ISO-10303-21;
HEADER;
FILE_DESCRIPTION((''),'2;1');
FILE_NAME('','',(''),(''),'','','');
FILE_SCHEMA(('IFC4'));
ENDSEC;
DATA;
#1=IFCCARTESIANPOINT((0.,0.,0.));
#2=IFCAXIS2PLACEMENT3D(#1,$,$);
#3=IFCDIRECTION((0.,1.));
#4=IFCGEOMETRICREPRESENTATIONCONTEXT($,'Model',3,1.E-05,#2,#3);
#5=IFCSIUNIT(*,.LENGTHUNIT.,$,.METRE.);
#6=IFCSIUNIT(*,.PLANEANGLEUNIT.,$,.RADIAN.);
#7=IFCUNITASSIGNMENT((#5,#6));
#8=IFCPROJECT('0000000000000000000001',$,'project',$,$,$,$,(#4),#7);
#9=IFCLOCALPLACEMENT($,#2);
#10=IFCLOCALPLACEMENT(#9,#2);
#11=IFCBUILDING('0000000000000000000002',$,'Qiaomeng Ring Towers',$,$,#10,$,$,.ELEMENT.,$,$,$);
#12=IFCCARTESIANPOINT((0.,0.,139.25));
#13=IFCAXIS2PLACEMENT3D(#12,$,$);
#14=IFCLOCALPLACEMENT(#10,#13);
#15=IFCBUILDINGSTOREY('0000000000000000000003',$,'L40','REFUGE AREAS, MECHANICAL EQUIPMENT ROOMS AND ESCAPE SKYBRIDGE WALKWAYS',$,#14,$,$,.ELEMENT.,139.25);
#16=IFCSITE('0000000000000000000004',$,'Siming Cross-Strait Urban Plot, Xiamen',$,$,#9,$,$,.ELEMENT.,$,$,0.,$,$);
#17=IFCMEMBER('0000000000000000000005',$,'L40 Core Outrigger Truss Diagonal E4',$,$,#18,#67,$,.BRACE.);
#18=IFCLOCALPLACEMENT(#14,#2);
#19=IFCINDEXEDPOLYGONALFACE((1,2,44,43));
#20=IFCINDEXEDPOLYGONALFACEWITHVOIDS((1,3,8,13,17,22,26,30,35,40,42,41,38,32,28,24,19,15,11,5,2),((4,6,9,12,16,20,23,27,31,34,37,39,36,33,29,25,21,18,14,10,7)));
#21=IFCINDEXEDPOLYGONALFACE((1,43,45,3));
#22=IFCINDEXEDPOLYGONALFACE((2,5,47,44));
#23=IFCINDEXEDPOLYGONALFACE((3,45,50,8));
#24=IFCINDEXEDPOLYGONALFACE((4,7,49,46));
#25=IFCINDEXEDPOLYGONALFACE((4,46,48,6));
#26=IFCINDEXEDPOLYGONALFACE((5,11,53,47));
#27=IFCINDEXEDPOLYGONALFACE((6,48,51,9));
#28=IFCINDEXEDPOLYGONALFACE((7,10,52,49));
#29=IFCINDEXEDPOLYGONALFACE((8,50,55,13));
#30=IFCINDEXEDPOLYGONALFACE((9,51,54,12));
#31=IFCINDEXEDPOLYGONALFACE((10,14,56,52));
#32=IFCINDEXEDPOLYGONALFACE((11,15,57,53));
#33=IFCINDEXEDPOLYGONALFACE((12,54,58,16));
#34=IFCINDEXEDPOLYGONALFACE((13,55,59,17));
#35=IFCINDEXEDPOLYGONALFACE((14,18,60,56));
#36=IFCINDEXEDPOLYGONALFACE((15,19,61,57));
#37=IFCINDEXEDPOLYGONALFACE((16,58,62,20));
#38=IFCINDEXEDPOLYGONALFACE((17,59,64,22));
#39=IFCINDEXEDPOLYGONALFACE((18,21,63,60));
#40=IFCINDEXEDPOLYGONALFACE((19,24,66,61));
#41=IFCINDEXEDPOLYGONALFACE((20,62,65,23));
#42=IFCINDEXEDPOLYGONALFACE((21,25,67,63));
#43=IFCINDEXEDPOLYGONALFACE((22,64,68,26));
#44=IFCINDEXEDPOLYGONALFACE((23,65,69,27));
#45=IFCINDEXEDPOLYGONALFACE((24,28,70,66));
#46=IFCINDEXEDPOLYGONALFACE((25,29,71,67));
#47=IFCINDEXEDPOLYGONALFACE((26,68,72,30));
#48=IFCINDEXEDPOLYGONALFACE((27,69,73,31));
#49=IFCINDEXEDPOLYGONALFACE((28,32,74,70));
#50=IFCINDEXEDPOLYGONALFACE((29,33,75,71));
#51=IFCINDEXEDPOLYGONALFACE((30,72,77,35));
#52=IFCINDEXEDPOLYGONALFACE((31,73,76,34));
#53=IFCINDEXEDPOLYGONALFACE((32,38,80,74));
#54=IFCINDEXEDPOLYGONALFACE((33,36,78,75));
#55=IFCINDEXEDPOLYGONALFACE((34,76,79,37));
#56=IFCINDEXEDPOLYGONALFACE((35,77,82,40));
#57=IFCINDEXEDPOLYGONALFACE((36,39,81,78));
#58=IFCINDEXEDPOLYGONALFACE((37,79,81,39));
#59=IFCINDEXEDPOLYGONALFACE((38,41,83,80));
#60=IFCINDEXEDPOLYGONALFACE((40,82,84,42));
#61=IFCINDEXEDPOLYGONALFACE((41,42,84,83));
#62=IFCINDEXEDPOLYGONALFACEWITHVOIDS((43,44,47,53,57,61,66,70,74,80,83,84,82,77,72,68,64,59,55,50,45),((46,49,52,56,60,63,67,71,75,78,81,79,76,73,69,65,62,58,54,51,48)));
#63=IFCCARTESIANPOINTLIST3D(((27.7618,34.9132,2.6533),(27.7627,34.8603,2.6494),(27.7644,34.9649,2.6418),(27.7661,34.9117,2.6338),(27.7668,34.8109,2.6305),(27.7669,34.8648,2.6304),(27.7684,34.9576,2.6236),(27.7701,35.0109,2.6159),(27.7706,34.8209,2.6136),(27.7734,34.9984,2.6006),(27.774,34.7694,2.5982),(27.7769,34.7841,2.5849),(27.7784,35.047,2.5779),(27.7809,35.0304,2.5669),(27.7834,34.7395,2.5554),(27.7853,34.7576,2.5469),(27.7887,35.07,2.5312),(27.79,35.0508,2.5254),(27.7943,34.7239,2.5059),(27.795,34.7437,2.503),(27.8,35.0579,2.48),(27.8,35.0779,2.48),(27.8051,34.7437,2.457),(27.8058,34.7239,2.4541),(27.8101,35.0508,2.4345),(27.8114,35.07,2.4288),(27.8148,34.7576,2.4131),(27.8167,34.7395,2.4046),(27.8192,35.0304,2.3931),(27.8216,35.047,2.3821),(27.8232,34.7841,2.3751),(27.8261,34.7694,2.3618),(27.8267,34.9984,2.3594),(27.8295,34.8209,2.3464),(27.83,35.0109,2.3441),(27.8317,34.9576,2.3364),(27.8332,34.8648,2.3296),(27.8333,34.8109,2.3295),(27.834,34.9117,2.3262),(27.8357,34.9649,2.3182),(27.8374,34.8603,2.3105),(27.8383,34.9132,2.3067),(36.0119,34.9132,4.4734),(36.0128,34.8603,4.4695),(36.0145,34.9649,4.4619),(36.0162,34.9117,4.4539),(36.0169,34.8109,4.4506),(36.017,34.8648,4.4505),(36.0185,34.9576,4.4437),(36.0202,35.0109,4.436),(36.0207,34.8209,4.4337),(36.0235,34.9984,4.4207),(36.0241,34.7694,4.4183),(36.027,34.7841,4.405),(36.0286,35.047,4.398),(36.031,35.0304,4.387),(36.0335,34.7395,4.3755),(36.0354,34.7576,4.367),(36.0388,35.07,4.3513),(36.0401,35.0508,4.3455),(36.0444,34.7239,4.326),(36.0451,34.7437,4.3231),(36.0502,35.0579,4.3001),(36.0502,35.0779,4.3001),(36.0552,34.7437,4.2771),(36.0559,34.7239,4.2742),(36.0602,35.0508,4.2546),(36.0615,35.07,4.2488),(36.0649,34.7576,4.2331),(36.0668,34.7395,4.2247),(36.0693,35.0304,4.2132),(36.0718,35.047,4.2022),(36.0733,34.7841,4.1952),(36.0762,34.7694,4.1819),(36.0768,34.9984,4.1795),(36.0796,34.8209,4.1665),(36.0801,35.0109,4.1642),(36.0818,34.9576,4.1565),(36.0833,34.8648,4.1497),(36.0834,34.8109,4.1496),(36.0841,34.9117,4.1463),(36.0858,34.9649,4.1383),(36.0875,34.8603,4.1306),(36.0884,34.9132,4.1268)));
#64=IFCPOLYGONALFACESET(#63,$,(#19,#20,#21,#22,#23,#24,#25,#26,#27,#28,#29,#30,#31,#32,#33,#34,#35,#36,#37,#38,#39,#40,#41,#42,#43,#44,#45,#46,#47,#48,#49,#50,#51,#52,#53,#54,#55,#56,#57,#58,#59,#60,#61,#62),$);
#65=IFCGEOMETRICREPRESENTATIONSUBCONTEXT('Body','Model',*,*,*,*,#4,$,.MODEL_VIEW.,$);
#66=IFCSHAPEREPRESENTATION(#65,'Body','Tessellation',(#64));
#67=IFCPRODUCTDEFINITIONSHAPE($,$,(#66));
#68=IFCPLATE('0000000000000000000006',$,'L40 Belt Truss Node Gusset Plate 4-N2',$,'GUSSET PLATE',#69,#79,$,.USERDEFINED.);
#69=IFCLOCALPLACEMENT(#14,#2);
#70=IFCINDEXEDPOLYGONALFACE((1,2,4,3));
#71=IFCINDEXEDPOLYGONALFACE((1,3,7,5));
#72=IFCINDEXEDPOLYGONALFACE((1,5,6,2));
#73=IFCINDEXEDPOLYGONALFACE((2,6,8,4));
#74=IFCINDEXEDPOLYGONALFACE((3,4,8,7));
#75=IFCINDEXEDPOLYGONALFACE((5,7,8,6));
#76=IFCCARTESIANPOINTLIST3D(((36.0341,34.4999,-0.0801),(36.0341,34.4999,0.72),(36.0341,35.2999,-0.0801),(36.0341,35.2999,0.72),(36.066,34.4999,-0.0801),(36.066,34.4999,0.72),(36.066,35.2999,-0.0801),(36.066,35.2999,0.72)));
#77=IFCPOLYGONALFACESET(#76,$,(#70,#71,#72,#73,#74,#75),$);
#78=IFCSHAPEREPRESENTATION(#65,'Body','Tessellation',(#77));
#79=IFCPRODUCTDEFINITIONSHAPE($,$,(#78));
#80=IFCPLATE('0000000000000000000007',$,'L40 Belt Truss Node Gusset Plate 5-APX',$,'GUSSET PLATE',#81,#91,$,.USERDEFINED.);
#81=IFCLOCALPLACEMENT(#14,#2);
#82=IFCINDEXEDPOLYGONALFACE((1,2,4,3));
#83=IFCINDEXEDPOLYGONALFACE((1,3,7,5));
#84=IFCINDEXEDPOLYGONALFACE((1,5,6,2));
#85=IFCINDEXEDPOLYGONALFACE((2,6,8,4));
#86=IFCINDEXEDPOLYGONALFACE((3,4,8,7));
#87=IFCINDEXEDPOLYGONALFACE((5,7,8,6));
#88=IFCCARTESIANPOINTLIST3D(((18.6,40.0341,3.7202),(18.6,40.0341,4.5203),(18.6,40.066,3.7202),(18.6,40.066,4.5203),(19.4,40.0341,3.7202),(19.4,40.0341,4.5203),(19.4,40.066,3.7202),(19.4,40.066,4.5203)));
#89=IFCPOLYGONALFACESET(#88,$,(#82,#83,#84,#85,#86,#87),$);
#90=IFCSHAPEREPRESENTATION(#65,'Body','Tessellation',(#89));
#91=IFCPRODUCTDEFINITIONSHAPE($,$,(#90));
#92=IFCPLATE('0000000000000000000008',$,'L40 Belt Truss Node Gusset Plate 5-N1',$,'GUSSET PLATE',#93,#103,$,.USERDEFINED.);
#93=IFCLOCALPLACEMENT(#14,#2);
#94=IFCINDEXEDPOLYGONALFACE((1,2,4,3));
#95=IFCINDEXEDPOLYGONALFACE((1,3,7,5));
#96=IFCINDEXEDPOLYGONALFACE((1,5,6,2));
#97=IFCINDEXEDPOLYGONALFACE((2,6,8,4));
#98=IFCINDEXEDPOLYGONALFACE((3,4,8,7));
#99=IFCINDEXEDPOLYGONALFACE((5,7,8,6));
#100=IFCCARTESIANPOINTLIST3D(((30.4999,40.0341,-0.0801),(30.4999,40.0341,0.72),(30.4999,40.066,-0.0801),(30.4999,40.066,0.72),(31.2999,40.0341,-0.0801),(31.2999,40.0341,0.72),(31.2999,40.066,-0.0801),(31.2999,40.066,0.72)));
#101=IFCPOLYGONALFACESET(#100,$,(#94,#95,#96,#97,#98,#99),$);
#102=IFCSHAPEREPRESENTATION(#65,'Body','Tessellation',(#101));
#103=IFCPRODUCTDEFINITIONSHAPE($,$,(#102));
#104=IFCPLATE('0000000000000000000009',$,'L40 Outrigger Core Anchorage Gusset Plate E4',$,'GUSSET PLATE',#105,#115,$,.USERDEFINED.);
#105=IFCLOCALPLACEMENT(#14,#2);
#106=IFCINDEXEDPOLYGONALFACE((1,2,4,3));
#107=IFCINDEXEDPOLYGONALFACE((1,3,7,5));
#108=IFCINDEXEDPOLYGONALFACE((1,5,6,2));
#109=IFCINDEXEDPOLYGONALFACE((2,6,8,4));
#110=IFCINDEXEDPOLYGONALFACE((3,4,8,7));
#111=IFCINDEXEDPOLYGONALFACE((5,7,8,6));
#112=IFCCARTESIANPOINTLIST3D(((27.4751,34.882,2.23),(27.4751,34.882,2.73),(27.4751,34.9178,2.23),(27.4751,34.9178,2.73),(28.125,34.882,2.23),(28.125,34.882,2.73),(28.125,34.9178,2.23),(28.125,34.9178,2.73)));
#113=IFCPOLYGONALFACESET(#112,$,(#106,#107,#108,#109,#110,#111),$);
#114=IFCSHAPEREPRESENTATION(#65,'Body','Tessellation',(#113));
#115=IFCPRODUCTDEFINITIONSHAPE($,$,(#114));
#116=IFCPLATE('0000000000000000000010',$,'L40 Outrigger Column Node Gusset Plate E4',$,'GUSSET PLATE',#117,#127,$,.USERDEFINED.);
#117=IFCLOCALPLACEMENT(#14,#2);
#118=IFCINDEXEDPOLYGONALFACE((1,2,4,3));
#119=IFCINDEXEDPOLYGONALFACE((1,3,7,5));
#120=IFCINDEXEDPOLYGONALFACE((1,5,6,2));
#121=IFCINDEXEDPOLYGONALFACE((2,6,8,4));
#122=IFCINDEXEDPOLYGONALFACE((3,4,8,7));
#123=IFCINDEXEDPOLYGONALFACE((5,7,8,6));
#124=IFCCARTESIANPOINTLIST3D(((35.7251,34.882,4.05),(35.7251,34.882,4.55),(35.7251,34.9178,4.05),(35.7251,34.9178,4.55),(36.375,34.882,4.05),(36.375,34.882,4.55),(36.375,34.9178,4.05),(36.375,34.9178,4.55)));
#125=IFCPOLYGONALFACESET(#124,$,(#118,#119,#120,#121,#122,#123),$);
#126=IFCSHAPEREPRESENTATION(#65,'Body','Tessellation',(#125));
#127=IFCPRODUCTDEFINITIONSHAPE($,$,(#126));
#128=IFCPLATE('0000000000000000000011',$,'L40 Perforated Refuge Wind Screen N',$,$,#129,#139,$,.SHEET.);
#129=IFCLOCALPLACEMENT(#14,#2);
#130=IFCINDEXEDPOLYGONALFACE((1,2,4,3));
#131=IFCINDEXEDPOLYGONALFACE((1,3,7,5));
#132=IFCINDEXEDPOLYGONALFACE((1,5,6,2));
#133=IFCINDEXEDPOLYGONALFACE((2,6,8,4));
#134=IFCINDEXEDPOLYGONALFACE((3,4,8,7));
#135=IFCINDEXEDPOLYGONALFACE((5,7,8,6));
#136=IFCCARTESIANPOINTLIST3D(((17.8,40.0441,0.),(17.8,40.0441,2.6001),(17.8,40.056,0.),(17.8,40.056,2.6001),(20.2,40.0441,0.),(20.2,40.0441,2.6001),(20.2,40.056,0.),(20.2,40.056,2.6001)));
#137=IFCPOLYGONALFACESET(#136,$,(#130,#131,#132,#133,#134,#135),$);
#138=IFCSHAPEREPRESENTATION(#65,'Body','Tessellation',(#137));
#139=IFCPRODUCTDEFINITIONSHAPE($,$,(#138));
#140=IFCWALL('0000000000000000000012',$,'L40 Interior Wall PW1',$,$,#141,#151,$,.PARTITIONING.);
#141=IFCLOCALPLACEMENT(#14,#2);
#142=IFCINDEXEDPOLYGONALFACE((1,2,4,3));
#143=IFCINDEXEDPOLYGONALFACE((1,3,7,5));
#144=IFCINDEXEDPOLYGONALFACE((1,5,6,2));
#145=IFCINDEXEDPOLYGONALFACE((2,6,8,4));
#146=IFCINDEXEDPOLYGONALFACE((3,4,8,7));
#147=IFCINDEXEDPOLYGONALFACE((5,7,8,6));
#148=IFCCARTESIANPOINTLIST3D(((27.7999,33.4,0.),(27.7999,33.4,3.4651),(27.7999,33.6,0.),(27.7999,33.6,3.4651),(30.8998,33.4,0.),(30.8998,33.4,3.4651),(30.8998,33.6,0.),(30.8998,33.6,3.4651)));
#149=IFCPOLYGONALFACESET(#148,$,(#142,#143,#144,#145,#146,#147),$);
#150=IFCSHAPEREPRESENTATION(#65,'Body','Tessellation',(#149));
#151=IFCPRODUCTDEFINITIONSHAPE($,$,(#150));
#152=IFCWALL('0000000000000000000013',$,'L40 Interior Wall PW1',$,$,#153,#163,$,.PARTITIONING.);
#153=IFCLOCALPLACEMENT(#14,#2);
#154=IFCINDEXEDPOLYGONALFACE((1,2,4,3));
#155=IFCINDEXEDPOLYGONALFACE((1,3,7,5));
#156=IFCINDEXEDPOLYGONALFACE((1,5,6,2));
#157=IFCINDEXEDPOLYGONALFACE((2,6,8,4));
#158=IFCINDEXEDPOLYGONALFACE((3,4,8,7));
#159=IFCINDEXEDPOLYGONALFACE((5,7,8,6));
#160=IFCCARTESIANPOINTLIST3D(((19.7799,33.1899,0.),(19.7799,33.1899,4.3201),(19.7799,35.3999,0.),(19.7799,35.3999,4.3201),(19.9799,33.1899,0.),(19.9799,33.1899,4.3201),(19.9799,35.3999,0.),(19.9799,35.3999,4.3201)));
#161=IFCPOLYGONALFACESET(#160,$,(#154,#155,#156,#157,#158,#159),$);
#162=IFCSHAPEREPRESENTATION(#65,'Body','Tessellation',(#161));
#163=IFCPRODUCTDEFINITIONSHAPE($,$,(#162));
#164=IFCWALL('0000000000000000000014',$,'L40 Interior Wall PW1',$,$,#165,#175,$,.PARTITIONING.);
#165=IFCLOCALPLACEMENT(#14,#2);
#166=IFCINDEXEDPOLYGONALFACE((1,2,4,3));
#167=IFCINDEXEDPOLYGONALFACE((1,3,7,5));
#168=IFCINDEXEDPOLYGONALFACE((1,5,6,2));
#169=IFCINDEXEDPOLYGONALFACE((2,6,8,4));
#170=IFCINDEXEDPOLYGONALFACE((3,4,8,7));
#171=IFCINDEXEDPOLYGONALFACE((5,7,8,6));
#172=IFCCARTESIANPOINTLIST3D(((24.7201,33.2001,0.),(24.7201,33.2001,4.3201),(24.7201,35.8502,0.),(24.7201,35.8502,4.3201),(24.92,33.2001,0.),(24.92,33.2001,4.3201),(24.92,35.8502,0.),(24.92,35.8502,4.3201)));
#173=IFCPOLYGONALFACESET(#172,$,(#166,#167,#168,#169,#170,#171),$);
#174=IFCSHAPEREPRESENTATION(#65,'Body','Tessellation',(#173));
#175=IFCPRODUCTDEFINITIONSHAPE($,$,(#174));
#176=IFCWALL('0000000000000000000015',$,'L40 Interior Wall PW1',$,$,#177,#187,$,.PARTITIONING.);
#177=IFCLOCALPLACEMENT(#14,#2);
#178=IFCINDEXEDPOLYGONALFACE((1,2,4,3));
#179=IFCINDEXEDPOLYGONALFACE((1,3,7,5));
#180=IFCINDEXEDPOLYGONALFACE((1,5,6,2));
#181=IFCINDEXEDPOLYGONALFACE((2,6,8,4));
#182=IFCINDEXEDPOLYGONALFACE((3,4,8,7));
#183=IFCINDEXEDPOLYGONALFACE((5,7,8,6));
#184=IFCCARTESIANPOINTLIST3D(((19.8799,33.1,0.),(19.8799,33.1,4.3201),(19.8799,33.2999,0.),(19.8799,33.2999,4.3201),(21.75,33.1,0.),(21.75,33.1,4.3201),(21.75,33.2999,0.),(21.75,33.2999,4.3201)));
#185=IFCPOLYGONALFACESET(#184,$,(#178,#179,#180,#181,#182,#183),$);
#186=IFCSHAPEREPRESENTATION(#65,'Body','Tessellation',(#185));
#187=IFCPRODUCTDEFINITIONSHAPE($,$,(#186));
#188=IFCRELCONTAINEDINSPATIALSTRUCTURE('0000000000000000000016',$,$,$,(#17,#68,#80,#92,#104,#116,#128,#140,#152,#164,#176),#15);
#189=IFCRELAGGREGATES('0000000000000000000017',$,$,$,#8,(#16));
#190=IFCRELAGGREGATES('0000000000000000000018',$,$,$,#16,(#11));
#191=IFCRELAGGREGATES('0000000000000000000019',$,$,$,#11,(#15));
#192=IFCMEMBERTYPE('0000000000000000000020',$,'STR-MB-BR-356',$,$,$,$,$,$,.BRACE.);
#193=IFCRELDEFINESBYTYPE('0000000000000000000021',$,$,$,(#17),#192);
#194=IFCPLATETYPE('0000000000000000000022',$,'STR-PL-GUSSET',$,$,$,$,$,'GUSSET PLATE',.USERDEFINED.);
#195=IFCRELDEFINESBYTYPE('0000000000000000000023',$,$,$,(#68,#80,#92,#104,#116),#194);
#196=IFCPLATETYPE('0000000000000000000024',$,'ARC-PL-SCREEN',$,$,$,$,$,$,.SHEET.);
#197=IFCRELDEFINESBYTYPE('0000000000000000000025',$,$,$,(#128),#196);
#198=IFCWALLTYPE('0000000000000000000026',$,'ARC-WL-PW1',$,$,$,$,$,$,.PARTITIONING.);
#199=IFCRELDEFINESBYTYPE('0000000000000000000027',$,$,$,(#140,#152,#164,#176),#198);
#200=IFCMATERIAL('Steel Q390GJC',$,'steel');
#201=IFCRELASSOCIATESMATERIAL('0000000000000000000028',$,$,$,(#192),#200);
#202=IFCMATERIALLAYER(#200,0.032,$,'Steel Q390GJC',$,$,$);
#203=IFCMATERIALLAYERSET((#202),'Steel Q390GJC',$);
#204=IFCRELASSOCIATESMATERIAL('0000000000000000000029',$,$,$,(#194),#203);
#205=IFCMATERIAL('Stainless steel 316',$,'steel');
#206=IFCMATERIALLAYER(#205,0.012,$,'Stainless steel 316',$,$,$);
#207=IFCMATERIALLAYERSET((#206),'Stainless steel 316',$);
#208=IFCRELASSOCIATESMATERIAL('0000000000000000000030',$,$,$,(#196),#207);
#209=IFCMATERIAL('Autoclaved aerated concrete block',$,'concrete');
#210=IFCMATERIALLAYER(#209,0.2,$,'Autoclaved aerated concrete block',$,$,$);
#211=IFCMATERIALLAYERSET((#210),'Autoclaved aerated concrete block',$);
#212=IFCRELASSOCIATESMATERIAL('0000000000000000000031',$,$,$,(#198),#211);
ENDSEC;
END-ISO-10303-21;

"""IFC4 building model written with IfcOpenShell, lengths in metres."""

from ifc_helpers import new_model, si_unit, direction, frame, frame_2d, origin, origin_2d, place, context, subcontext, project, spatial, rectangle, hollow_circle, extrude, source, transform, mapped, material, layer, layer_set, material_profile, profile_set, type_object, element, save


model = new_model("IFC4")

# Units and contexts
model_context = context("Model", 3, precision=1e-05, world=origin(), true_north=direction((0.0, 1.0)))
body_context = subcontext(model_context, "Body", "Model", "MODEL_VIEW")
ifc_project = project(units=[si_unit("LENGTHUNIT", "METRE"), si_unit("PLANEANGLEUNIT", "RADIAN")], contexts=[model_context])

# Site, building, storey
site_placement = place(None, origin())
site = spatial("IfcSite", under=ifc_project, at=site_placement, Name="Siming Cross-Strait Urban Plot, Xiamen", CompositionType="ELEMENT", RefElevation=0.0)
building_placement = place(site_placement, origin())
building = spatial("IfcBuilding", under=site, at=building_placement, Name="Qiaomeng Ring Towers", CompositionType="ELEMENT")
storey_placement = place(building_placement, frame((0.0, 0.0, 139.25)))
storey = spatial("IfcBuildingStorey", under=building, at=storey_placement, Name="L40", Description="REFUGE AREAS, MECHANICAL EQUIPMENT ROOMS AND ESCAPE SKYBRIDGE WALKWAYS", CompositionType="ELEMENT", Elevation=139.25)

# Shared definitions
ifc_material_1 = material(Name="Steel Q390GJC", Category="steel")

# Member
ifc_material_profile_1 = material_profile(ifc_material_1, hollow_circle(Radius=0.178, WallThickness=0.02, at=origin_2d()), Name="CHS 356x20")
ifc_profile_set_1 = profile_set([ifc_material_profile_1], Name="Steel Q390GJC")
member_type_1 = type_object("IfcMemberType", Name="STR-MB-BR-356", PredefinedType="BRACE", material=ifc_profile_set_1)
shared_shape_1 = source(origin(), body_context, "Body", "SweptSolid", [
    extrude(hollow_circle(Radius=0.178, WallThickness=0.02, at=origin_2d()), origin(), (0.0, 0.0, 1.0), 8.4485),
])
member_1_placement = place(storey_placement, frame((27.8, 34.8999, 2.48), z_axis=(0.976518, 0.0, 0.215434), x_axis=(0.0, 1.0, 0.0)))
element("IfcMember", 1, at=member_1_placement, inside=storey, type_object=member_type_1, Name="L40 Core Outrigger Truss Diagonal E4", PredefinedType="BRACE", context=body_context, shape_type="MappedRepresentation", body=[
    mapped(shared_shape_1, transform((0.0, 0.0, 0.0), x_axis=(1.0, 0.0, 0.0), y_axis=(0.0, 1.0, 0.0), z_axis=(0.0, 0.0, 1.0), scale=1.0)),
])

# Plates
ifc_layer_1 = layer(ifc_material_1, 0.032, Name="Steel Q390GJC")
ifc_layer_set_1 = layer_set([ifc_layer_1], Name="Steel Q390GJC")
plate_type_1 = type_object("IfcPlateType", Name="STR-PL-GUSSET", ElementType="GUSSET PLATE", PredefinedType="USERDEFINED", material=ifc_layer_set_1)
shared_shape_2 = source(origin(), body_context, "Body", "SweptSolid", [
    extrude(rectangle(XDim=0.8, YDim=0.032, at=origin_2d()), origin(), (0.0, 0.0, 1.0), 0.8),
])
for number, where, z_axis, x_axis, name in (
    (2, (36.05, 34.8999, -0.0801), (0.0, 0.0, 1.0), (0.0, 1.0, 0.0), "L40 Belt Truss Node Gusset Plate 4-N2"),
    (3, (19.0, 40.05, 3.7202), (0.0, 0.0, 1.0), (-1.0, 0.0, 0.0), "L40 Belt Truss Node Gusset Plate 5-APX"),
    (4, (30.8999, 40.05, -0.0801), (0.0, 0.0, 1.0), (-1.0, 0.0, 0.0), "L40 Belt Truss Node Gusset Plate 5-N1"),
):
    element("IfcPlate", number, at=place(storey_placement, frame(where, z_axis=z_axis, x_axis=x_axis)), inside=storey, type_object=plate_type_1, Name=name, ObjectType="GUSSET PLATE", PredefinedType="USERDEFINED", context=body_context, shape_type="MappedRepresentation", body=[
        mapped(shared_shape_2, transform((0.0, 0.0, 0.0), x_axis=(1.0, 0.0, 0.0), y_axis=(0.0, 1.0, 0.0), z_axis=(0.0, 0.0, 1.0), scale=1.0)),
    ])
shared_shape_3 = source(origin(), body_context, "Body", "SweptSolid", [
    extrude(rectangle(XDim=0.6499, YDim=0.0359, at=origin_2d()), origin(), (0.0, 0.0, 1.0), 0.5),
])
for number, where, z_axis, x_axis, name in (
    (5, (27.8, 34.8999, 2.23), (0.0, 0.0, 1.0), (1.0, 0.0, 0.0), "L40 Outrigger Core Anchorage Gusset Plate E4"),
    (6, (36.05, 34.8999, 4.05), (0.0, 0.0, 1.0), (1.0, 0.0, 0.0), "L40 Outrigger Column Node Gusset Plate E4"),
):
    element("IfcPlate", number, at=place(storey_placement, frame(where, z_axis=z_axis, x_axis=x_axis)), inside=storey, type_object=plate_type_1, Name=name, ObjectType="GUSSET PLATE", PredefinedType="USERDEFINED", context=body_context, shape_type="MappedRepresentation", body=[
        mapped(shared_shape_3, transform((0.0, 0.0, 0.0), x_axis=(1.0, 0.0, 0.0), y_axis=(0.0, 1.0, 0.0), z_axis=(0.0, 0.0, 1.0), scale=1.0)),
    ])
ifc_material_2 = material(Name="Stainless steel 316", Category="steel")
ifc_layer_2 = layer(ifc_material_2, 0.012, Name="Stainless steel 316")
ifc_layer_set_2 = layer_set([ifc_layer_2], Name="Stainless steel 316")
plate_type_2 = type_object("IfcPlateType", Name="ARC-PL-SCREEN", PredefinedType="SHEET", material=ifc_layer_set_2)
shared_shape_4 = source(origin(), body_context, "Body", "SweptSolid", [
    extrude(rectangle(XDim=2.3999, YDim=0.012, at=origin_2d()), origin(), (0.0, 0.0, 1.0), 2.6001),
])
plate_placement = place(storey_placement, frame((19.0, 40.05, 0.0), z_axis=(0.0, 0.0, 1.0), x_axis=(-1.0, 0.0, 0.0)))
element("IfcPlate", 7, at=plate_placement, inside=storey, type_object=plate_type_2, Name="L40 Perforated Refuge Wind Screen N", PredefinedType="SHEET", context=body_context, shape_type="MappedRepresentation", body=[
    mapped(shared_shape_4, transform((0.0, 0.0, 0.0), x_axis=(1.0, 0.0, 0.0), y_axis=(0.0, 1.0, 0.0), z_axis=(0.0, 0.0, 1.0), scale=1.0)),
])

# Walls
ifc_material_3 = material(Name="Autoclaved aerated concrete block", Category="concrete")
ifc_layer_3 = layer(ifc_material_3, 0.2, Name="Autoclaved aerated concrete block")
ifc_layer_set_3 = layer_set([ifc_layer_3], Name="Autoclaved aerated concrete block")
wall_type_1 = type_object("IfcWallType", Name="ARC-WL-PW1", PredefinedType="PARTITIONING", material=ifc_layer_set_3)
wall_1_placement = place(storey_placement, frame((27.8, 33.5, 0.0), z_axis=(0.0, 0.0, 1.0), x_axis=(1.0, 0.0, 0.0)))
element("IfcWall", 8, at=wall_1_placement, inside=storey, type_object=wall_type_1, Name="L40 Interior Wall PW1", PredefinedType="PARTITIONING", context=body_context, shape_type="SweptSolid", body=[
    extrude(rectangle(XDim=3.0999, YDim=0.2, at=frame_2d((1.5498, 0.0))), origin(), (0.0, 0.0, 1.0), 3.4651),
])
wall_2_placement = place(storey_placement, frame((19.8799, 33.1899, 0.0), z_axis=(0.0, 0.0, 1.0), x_axis=(0.0, 1.0, 0.0)))
element("IfcWall", 9, at=wall_2_placement, inside=storey, type_object=wall_type_1, Name="L40 Interior Wall PW1", PredefinedType="PARTITIONING", context=body_context, shape_type="SweptSolid", body=[
    extrude(rectangle(XDim=2.21, YDim=0.2, at=frame_2d((1.105, 0.0))), origin(), (0.0, 0.0, 1.0), 4.3201),
])
wall_3_placement = place(storey_placement, frame((24.8201, 33.2, 0.0), z_axis=(0.0, 0.0, 1.0), x_axis=(0.0, 1.0, 0.0)))
element("IfcWall", 10, at=wall_3_placement, inside=storey, type_object=wall_type_1, Name="L40 Interior Wall PW1", PredefinedType="PARTITIONING", context=body_context, shape_type="SweptSolid", body=[
    extrude(rectangle(XDim=2.6501, YDim=0.2, at=frame_2d((1.3252, 0.0))), origin(), (0.0, 0.0, 1.0), 4.3201),
])
wall_4_placement = place(storey_placement, frame((19.8799, 33.2, 0.0), z_axis=(0.0, 0.0, 1.0), x_axis=(1.0, 0.0, 0.0)))
element("IfcWall", 11, at=wall_4_placement, inside=storey, type_object=wall_type_1, Name="L40 Interior Wall PW1", PredefinedType="PARTITIONING", context=body_context, shape_type="SweptSolid", body=[
    extrude(rectangle(XDim=1.8701, YDim=0.2, at=frame_2d((0.9351, 0.0))), origin(), (0.0, 0.0, 1.0), 4.3201),
])

save(model, "model.ifc")
